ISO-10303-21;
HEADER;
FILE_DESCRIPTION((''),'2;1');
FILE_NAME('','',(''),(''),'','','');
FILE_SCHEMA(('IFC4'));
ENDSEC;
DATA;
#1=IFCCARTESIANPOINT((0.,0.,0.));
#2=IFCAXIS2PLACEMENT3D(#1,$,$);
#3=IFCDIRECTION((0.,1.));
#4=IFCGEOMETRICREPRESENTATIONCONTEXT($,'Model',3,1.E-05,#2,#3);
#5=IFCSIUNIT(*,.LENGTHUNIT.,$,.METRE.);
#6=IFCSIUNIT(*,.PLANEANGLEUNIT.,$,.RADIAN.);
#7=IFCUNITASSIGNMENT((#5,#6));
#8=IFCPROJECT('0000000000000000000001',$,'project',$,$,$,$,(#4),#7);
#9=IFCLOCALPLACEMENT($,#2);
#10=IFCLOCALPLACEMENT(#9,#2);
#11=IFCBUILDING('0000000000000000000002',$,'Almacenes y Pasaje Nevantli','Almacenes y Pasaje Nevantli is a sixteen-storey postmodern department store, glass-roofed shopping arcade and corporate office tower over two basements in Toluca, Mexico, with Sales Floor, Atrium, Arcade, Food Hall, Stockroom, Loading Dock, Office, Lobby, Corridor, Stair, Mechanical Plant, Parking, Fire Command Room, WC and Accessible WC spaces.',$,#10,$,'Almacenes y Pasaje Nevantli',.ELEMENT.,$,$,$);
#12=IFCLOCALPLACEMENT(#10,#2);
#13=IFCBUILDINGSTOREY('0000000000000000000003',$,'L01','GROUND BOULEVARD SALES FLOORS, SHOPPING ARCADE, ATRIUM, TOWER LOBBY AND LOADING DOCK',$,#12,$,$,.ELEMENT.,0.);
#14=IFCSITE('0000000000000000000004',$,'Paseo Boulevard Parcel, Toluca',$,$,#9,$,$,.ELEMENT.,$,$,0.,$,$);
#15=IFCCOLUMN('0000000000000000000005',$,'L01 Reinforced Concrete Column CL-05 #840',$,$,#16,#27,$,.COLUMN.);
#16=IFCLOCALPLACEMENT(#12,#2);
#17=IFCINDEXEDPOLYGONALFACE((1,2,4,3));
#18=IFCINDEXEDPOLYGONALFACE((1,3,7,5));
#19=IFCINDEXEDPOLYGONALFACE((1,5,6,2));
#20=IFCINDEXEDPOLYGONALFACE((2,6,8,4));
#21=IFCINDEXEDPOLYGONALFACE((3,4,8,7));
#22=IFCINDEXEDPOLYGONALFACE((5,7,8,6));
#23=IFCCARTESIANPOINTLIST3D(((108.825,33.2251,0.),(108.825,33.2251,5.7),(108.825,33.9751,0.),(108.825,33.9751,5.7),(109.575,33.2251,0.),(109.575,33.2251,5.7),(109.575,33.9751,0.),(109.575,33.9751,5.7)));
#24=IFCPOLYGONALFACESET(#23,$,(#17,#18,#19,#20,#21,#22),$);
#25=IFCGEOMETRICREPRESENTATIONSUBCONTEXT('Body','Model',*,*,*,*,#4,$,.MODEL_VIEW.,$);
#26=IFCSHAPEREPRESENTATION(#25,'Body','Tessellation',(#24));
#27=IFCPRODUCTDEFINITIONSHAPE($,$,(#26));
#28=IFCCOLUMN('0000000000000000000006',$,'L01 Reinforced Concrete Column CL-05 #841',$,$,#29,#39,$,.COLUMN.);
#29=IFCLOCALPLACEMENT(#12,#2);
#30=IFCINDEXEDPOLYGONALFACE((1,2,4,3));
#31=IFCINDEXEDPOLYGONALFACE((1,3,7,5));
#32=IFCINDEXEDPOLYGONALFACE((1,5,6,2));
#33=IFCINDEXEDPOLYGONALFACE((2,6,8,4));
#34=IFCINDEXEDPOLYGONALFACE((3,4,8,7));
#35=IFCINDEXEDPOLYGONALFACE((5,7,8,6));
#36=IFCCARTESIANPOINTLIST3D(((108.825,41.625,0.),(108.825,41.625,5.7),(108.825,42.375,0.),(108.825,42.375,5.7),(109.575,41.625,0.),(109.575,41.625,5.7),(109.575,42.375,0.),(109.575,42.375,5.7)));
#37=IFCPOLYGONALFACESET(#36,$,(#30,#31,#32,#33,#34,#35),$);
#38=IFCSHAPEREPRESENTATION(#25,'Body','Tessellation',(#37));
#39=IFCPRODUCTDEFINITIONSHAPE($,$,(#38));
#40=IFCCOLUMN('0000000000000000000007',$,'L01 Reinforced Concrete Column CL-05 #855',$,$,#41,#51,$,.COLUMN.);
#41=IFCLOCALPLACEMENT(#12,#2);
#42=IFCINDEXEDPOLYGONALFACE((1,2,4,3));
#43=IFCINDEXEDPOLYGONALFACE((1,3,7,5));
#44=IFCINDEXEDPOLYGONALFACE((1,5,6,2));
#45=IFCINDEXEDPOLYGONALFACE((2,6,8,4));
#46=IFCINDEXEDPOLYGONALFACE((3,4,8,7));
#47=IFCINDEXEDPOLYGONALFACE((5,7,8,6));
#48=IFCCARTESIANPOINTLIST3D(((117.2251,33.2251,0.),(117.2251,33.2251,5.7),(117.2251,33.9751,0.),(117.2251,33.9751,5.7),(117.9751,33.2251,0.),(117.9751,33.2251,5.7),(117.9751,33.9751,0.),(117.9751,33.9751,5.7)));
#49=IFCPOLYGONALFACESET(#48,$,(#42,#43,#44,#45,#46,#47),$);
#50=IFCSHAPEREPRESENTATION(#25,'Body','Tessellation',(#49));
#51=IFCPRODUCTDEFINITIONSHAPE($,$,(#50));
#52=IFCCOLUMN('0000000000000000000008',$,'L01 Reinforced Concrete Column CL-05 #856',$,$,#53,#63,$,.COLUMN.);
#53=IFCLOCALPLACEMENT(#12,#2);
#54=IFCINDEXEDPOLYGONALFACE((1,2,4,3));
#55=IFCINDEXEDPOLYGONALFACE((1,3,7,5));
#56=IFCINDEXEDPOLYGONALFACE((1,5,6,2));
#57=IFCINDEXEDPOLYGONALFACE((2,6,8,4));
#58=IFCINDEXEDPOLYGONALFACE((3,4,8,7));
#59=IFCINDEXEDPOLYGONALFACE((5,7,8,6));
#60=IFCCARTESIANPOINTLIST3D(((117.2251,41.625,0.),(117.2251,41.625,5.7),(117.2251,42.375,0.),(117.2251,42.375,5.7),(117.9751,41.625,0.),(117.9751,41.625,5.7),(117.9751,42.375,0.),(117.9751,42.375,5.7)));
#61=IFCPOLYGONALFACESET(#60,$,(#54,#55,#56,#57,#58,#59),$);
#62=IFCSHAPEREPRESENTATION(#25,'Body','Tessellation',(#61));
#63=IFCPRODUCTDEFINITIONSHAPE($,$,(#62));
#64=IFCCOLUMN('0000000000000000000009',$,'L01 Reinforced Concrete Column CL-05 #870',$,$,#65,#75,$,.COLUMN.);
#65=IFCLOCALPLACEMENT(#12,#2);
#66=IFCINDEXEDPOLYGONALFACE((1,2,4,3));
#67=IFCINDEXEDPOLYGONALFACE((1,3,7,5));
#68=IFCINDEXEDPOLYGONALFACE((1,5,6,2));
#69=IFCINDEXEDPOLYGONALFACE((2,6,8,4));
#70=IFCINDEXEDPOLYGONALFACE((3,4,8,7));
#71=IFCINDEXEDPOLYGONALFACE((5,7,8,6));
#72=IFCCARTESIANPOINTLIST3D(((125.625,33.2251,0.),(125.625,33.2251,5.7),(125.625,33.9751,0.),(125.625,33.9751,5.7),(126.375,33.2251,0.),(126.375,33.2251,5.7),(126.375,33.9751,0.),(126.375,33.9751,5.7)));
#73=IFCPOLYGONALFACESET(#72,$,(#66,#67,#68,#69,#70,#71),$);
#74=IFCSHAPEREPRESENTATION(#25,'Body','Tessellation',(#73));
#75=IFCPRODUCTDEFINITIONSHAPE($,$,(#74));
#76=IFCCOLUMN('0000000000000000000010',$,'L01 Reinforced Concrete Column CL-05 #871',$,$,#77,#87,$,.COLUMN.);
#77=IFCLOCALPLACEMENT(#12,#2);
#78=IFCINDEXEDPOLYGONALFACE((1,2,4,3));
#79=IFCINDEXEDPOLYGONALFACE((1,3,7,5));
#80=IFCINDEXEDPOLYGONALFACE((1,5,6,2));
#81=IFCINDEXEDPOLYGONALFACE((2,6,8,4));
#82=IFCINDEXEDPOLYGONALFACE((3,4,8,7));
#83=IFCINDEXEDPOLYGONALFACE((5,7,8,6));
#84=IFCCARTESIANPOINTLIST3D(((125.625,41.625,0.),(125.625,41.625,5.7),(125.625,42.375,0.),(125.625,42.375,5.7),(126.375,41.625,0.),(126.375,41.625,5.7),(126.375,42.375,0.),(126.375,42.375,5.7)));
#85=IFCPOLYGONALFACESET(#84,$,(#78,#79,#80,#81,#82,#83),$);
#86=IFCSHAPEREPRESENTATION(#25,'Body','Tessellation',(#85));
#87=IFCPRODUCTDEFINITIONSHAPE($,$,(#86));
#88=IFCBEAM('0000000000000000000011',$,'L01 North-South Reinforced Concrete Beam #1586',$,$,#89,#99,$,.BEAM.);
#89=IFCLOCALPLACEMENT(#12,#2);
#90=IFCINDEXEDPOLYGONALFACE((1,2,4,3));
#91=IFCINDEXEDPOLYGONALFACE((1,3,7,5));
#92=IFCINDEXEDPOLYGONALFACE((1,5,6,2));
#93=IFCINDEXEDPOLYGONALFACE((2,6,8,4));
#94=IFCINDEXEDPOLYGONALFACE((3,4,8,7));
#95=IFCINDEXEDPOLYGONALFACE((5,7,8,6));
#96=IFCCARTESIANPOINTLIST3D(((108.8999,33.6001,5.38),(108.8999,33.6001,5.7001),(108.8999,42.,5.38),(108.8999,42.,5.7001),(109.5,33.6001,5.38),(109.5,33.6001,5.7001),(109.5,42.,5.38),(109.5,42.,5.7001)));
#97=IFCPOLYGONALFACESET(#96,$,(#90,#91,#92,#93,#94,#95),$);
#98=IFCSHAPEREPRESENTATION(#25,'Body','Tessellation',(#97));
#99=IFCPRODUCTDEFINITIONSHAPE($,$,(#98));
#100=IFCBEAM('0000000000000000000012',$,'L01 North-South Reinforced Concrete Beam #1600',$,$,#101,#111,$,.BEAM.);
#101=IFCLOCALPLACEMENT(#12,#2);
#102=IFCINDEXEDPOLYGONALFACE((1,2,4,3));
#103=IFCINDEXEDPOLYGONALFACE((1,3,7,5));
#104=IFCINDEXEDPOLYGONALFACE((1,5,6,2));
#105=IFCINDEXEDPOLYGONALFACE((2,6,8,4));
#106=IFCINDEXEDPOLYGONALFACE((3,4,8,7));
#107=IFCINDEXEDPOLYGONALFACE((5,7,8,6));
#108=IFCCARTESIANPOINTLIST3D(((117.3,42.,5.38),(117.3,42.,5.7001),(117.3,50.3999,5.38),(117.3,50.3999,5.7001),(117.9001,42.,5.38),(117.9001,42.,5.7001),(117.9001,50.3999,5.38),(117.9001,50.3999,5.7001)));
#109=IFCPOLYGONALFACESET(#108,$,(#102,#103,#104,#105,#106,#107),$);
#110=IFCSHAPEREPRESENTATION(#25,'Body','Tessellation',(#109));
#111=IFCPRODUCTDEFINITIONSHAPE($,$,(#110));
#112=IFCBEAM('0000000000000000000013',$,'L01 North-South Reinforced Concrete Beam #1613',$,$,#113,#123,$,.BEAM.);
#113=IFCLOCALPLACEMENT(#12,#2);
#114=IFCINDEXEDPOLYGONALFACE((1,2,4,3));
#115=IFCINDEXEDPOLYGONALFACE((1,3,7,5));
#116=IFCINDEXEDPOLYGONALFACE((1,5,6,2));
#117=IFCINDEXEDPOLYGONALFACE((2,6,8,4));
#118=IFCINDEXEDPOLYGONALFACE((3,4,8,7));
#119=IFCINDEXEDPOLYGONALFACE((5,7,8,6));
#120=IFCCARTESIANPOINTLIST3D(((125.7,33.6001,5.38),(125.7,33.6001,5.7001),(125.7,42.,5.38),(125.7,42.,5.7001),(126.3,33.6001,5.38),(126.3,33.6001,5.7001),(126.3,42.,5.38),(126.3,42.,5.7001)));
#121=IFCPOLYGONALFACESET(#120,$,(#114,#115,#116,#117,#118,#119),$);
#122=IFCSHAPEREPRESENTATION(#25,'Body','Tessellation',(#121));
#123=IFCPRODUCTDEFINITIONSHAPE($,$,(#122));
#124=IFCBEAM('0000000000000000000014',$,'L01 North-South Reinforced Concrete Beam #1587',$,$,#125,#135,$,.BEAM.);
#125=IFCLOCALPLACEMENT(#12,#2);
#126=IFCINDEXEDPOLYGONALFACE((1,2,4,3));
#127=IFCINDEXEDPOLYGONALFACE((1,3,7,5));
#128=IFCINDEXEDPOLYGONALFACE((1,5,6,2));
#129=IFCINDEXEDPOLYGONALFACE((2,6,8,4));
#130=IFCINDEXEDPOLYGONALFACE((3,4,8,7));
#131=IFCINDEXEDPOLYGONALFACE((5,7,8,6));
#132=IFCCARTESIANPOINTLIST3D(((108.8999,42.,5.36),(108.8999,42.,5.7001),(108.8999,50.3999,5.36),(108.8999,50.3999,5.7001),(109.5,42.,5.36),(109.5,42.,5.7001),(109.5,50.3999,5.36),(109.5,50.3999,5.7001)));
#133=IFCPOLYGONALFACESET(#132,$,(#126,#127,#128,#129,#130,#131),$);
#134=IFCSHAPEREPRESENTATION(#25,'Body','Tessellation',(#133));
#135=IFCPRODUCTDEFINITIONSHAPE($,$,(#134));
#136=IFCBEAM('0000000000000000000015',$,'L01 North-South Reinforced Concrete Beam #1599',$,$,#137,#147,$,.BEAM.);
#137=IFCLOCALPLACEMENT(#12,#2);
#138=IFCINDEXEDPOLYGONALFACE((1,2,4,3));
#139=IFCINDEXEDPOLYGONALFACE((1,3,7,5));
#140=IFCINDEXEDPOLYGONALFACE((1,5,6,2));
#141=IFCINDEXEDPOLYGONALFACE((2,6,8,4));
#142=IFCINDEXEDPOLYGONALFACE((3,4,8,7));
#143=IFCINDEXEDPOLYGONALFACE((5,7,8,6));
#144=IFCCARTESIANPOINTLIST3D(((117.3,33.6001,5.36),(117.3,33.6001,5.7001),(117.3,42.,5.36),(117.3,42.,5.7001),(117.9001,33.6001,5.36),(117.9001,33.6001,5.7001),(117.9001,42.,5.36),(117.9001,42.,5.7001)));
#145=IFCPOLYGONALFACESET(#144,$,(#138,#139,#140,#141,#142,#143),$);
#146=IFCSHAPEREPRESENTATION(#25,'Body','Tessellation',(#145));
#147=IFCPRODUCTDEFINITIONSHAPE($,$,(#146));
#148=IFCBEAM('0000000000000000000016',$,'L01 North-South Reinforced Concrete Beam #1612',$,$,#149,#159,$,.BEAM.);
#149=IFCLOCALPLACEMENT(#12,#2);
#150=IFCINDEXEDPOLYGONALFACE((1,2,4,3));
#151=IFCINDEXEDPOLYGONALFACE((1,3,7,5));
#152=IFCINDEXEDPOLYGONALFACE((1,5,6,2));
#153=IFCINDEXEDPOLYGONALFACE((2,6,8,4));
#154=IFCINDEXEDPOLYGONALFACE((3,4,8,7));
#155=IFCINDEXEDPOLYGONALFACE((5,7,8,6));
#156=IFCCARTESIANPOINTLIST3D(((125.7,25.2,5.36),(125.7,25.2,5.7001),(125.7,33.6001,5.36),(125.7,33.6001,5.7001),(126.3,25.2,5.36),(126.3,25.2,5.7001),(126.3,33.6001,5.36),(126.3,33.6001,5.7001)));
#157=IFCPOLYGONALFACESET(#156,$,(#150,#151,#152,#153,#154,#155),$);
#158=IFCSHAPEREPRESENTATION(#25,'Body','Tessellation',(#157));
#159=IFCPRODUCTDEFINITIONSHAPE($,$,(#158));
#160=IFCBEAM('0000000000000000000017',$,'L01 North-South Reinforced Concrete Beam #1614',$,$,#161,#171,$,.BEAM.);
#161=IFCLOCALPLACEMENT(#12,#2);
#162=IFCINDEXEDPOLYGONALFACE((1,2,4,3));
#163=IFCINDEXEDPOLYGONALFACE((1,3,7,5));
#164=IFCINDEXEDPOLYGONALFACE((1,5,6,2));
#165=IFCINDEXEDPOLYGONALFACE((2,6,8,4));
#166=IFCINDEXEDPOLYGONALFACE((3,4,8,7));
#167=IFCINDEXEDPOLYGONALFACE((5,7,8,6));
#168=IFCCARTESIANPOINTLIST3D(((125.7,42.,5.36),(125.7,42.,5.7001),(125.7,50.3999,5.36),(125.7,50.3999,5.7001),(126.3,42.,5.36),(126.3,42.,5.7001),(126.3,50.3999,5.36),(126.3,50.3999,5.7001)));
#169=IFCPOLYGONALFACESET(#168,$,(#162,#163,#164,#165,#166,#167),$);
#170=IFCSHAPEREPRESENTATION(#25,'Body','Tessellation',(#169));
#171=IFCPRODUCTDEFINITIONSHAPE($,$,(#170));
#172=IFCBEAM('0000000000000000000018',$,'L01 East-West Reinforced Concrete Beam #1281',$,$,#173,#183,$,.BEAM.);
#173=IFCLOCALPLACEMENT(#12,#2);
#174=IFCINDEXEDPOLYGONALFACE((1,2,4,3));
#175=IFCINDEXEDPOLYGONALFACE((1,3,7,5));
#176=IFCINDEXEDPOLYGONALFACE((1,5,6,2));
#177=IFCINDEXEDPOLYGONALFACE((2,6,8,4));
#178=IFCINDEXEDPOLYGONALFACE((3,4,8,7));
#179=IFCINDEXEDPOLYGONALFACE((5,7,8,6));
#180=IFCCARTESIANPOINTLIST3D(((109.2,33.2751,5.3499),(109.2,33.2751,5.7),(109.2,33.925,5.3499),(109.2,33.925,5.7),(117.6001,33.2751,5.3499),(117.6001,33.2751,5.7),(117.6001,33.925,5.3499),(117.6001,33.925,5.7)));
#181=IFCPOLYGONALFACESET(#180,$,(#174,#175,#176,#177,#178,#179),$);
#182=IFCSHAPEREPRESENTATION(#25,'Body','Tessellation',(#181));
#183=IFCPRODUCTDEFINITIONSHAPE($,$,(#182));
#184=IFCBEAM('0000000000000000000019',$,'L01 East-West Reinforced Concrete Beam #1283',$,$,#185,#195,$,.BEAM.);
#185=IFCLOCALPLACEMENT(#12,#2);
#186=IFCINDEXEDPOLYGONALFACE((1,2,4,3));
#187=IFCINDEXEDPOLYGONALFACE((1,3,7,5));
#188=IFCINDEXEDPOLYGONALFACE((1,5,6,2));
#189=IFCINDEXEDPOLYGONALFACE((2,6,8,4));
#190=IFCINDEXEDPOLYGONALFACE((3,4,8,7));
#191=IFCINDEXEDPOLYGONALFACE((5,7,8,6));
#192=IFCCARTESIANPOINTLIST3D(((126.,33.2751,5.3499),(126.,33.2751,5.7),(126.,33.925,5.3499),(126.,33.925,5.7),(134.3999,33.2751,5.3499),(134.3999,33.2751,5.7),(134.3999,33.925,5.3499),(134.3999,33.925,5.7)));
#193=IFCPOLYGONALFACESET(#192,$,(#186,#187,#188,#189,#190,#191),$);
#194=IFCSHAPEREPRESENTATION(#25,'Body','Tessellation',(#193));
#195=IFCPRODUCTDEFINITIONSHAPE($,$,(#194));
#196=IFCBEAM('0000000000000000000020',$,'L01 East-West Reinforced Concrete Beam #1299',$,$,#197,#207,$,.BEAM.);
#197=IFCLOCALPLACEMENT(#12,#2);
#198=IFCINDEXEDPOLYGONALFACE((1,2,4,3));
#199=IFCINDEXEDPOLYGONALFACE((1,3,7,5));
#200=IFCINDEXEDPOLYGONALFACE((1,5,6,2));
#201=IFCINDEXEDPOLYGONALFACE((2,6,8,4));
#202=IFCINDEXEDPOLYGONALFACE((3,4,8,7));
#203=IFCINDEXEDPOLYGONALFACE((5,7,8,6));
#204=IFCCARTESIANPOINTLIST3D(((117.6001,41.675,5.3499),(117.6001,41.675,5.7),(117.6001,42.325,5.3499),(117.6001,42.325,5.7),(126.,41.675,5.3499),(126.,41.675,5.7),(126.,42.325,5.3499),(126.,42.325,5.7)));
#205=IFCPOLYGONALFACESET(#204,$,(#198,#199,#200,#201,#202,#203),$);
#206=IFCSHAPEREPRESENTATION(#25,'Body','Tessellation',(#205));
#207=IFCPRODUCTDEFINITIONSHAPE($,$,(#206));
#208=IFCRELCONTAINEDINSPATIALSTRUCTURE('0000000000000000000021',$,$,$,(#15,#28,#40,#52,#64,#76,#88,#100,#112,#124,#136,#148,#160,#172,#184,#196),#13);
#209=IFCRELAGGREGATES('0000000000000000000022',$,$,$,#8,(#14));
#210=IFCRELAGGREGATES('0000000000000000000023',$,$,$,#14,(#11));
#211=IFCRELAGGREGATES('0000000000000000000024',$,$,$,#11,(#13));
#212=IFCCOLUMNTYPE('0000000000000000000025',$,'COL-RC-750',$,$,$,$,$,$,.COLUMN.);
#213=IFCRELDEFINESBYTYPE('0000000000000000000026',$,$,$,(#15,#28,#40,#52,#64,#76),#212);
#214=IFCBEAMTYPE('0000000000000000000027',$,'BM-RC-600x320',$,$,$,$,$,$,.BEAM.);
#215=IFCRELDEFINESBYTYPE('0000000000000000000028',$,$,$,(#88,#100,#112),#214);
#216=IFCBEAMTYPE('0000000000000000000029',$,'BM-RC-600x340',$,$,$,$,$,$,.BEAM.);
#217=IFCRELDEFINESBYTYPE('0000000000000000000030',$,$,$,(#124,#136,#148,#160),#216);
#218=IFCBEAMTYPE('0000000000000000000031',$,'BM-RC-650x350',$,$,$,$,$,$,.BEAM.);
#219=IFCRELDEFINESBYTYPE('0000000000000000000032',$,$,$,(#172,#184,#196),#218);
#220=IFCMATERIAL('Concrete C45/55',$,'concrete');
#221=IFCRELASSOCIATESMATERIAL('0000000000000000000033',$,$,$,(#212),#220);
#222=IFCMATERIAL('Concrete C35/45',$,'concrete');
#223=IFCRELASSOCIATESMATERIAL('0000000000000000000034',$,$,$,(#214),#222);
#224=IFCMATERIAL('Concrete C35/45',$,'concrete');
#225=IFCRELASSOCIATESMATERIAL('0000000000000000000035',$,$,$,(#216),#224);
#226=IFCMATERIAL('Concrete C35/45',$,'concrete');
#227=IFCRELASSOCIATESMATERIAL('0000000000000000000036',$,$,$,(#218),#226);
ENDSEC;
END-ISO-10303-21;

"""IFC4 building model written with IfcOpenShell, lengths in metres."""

from ifc_helpers import new_model, si_unit, direction, frame, origin, origin_2d, place, context, subcontext, project, spatial, rectangle, extrude, material, material_profile, profile_set, type_object, element, save


model = new_model("IFC4")

# Units and contexts
model_context = context("Model", 3, precision=1e-05, world=origin(), true_north=direction((0.0, 1.0)))
body_context = subcontext(model_context, "Body", "Model", "MODEL_VIEW")
ifc_project = project(units=[si_unit("LENGTHUNIT", "METRE"), si_unit("PLANEANGLEUNIT", "RADIAN")], contexts=[model_context])

# Site, building, storey
site_placement = place(None, origin())
site = spatial("IfcSite", under=ifc_project, at=site_placement, Name="Paseo Boulevard Parcel, Toluca", CompositionType="ELEMENT", RefElevation=0.0)
building_placement = place(site_placement, origin())
building = spatial("IfcBuilding", under=site, at=building_placement, Name="Almacenes y Pasaje Nevantli", Description="Almacenes y Pasaje Nevantli is a sixteen-storey postmodern department store, glass-roofed shopping arcade and corporate office tower over two basements in Toluca, Mexico, with Sales Floor, Atrium, Arcade, Food Hall, Stockroom, Loading Dock, Office, Lobby, Corridor, Stair, Mechanical Plant, Parking, Fire Command Room, WC and Accessible WC spaces.", LongName="Almacenes y Pasaje Nevantli", CompositionType="ELEMENT")
storey_placement = place(building_placement, origin())
storey = spatial("IfcBuildingStorey", under=building, at=storey_placement, Name="L01", Description="GROUND BOULEVARD SALES FLOORS, SHOPPING ARCADE, ATRIUM, TOWER LOBBY AND LOADING DOCK", CompositionType="ELEMENT", Elevation=0.0)

# Columns
ifc_material_1 = material(Name="Concrete C45/55", Category="concrete")
ifc_material_profile_1 = material_profile(ifc_material_1, rectangle(XDim=0.75, YDim=0.75, at=origin_2d()), Name="RC-COL-750x750")
ifc_profile_set_1 = profile_set([ifc_material_profile_1], Name="Concrete C45/55")
column_type = type_object("IfcColumnType", Name="COL-RC-750", PredefinedType="COLUMN", material=ifc_profile_set_1)
for number, where, z_axis, x_axis, name in (
    (1, (109.2, 33.6001, 0.0), (0.0, 0.0, 1.0), (1.0, 0.0, 0.0), "L01 Reinforced Concrete Column CL-05 #840"),
    (2, (109.2, 42.0, 0.0), (0.0, 0.0, 1.0), (1.0, 0.0, 0.0), "L01 Reinforced Concrete Column CL-05 #841"),
    (3, (117.6001, 33.6001, 0.0), (0.0, 0.0, 1.0), (1.0, 0.0, 0.0), "L01 Reinforced Concrete Column CL-05 #855"),
    (4, (117.6001, 42.0, 0.0), (0.0, 0.0, 1.0), (1.0, 0.0, 0.0), "L01 Reinforced Concrete Column CL-05 #856"),
    (5, (126.0, 33.6001, 0.0), (0.0, 0.0, 1.0), (1.0, 0.0, 0.0), "L01 Reinforced Concrete Column CL-05 #870"),
    (6, (126.0, 42.0, 0.0), (0.0, 0.0, 1.0), (1.0, 0.0, 0.0), "L01 Reinforced Concrete Column CL-05 #871"),
):
    element("IfcColumn", number, at=place(storey_placement, frame(where, z_axis=z_axis, x_axis=x_axis)), inside=storey, type_object=column_type, Name=name, PredefinedType="COLUMN", context=body_context, shape_type="SweptSolid", body=[
        extrude(rectangle(XDim=0.75, YDim=0.75, at=origin_2d()), origin(), (0.0, 0.0, 1.0), 5.7),
    ])

# Beams
ifc_material_2 = material(Name="Concrete C35/45", Category="concrete")
ifc_material_profile_2 = material_profile(ifc_material_2, rectangle(XDim=0.6001, YDim=0.3201, at=origin_2d()), Name="RC-BM-600x320")
ifc_profile_set_2 = profile_set([ifc_material_profile_2], Name="Concrete C35/45")
beam_type_1 = type_object("IfcBeamType", Name="BM-RC-600x320", PredefinedType="BEAM", material=ifc_profile_set_2)
for number, where, z_axis, x_axis, name in (
    (7, (109.2, 33.6001, 5.54), (0.0, 1.0, 0.0), (-1.0, 0.0, 0.0), "L01 North-South Reinforced Concrete Beam #1586"),
    (8, (117.6001, 42.0, 5.54), (0.0, 1.0, 0.0), (-1.0, 0.0, 0.0), "L01 North-South Reinforced Concrete Beam #1600"),
    (9, (126.0, 33.6001, 5.54), (0.0, 1.0, 0.0), (-1.0, 0.0, 0.0), "L01 North-South Reinforced Concrete Beam #1613"),
):
    element("IfcBeam", number, at=place(storey_placement, frame(where, z_axis=z_axis, x_axis=x_axis)), inside=storey, type_object=beam_type_1, Name=name, PredefinedType="BEAM", context=body_context, shape_type="SweptSolid", body=[
        extrude(rectangle(XDim=0.6001, YDim=0.3201, at=origin_2d()), origin(), (0.0, 0.0, 1.0), 8.3999),
    ])
ifc_material_3 = material(Name="Concrete C35/45", Category="concrete")
ifc_material_profile_3 = material_profile(ifc_material_3, rectangle(XDim=0.6001, YDim=0.3401, at=origin_2d()), Name="RC-BM-600x340")
ifc_profile_set_3 = profile_set([ifc_material_profile_3], Name="Concrete C35/45")
beam_type_2 = type_object("IfcBeamType", Name="BM-RC-600x340", PredefinedType="BEAM", material=ifc_profile_set_3)
for number, where, z_axis, x_axis, name in (
    (10, (109.2, 42.0, 5.53), (0.0, 1.0, 0.0), (-1.0, 0.0, 0.0), "L01 North-South Reinforced Concrete Beam #1587"),
    (11, (117.6001, 33.6001, 5.53), (0.0, 1.0, 0.0), (-1.0, 0.0, 0.0), "L01 North-South Reinforced Concrete Beam #1599"),
):
    element("IfcBeam", number, at=place(storey_placement, frame(where, z_axis=z_axis, x_axis=x_axis)), inside=storey, type_object=beam_type_2, Name=name, PredefinedType="BEAM", context=body_context, shape_type="SweptSolid", body=[
        extrude(rectangle(XDim=0.6001, YDim=0.3401, at=origin_2d()), origin(), (0.0, 0.0, 1.0), 8.3999),
    ])
beam_1_placement = place(storey_placement, frame((126.0, 25.2, 5.53), z_axis=(0.0, 1.0, 0.0), x_axis=(-1.0, 0.0, 0.0)))
element("IfcBeam", 12, at=beam_1_placement, inside=storey, type_object=beam_type_2, Name="L01 North-South Reinforced Concrete Beam #1612", PredefinedType="BEAM", context=body_context, shape_type="SweptSolid", body=[
    extrude(rectangle(XDim=0.6001, YDim=0.3401, at=origin_2d()), origin(), (0.0, 0.0, 1.0), 8.4001),
])
beam_2_placement = place(storey_placement, frame((126.0, 42.0, 5.53), z_axis=(0.0, 1.0, 0.0), x_axis=(-1.0, 0.0, 0.0)))
element("IfcBeam", 13, at=beam_2_placement, inside=storey, type_object=beam_type_2, Name="L01 North-South Reinforced Concrete Beam #1614", PredefinedType="BEAM", context=body_context, shape_type="SweptSolid", body=[
    extrude(rectangle(XDim=0.6001, YDim=0.3401, at=origin_2d()), origin(), (0.0, 0.0, 1.0), 8.3999),
])
ifc_material_4 = material(Name="Concrete C35/45", Category="concrete")
ifc_material_profile_4 = material_profile(ifc_material_4, rectangle(XDim=0.6499, YDim=0.3501, at=origin_2d()), Name="RC-BM-650x350")
ifc_profile_set_4 = profile_set([ifc_material_profile_4], Name="Concrete C35/45")
beam_type_3 = type_object("IfcBeamType", Name="BM-RC-650x350", PredefinedType="BEAM", material=ifc_profile_set_4)
beam_3_placement = place(storey_placement, frame((109.2, 33.6001, 5.5249), z_axis=(1.0, 0.0, 0.0), x_axis=(0.0, 1.0, 0.0)))
element("IfcBeam", 14, at=beam_3_placement, inside=storey, type_object=beam_type_3, Name="L01 East-West Reinforced Concrete Beam #1281", PredefinedType="BEAM", context=body_context, shape_type="SweptSolid", body=[
    extrude(rectangle(XDim=0.6499, YDim=0.3501, at=origin_2d()), origin(), (0.0, 0.0, 1.0), 8.4001),
])
for number, where, z_axis, x_axis, name in (
    (15, (126.0, 33.6001, 5.5249), (1.0, 0.0, 0.0), (0.0, 1.0, 0.0), "L01 East-West Reinforced Concrete Beam #1283"),
    (16, (117.6001, 42.0, 5.5249), (1.0, 0.0, 0.0), (0.0, 1.0, 0.0), "L01 East-West Reinforced Concrete Beam #1299"),
):
    element("IfcBeam", number, at=place(storey_placement, frame(where, z_axis=z_axis, x_axis=x_axis)), inside=storey, type_object=beam_type_3, Name=name, PredefinedType="BEAM", context=body_context, shape_type="SweptSolid", body=[
        extrude(rectangle(XDim=0.6499, YDim=0.3501, at=origin_2d()), origin(), (0.0, 0.0, 1.0), 8.3999),
    ])

save(model, "model.ifc")
